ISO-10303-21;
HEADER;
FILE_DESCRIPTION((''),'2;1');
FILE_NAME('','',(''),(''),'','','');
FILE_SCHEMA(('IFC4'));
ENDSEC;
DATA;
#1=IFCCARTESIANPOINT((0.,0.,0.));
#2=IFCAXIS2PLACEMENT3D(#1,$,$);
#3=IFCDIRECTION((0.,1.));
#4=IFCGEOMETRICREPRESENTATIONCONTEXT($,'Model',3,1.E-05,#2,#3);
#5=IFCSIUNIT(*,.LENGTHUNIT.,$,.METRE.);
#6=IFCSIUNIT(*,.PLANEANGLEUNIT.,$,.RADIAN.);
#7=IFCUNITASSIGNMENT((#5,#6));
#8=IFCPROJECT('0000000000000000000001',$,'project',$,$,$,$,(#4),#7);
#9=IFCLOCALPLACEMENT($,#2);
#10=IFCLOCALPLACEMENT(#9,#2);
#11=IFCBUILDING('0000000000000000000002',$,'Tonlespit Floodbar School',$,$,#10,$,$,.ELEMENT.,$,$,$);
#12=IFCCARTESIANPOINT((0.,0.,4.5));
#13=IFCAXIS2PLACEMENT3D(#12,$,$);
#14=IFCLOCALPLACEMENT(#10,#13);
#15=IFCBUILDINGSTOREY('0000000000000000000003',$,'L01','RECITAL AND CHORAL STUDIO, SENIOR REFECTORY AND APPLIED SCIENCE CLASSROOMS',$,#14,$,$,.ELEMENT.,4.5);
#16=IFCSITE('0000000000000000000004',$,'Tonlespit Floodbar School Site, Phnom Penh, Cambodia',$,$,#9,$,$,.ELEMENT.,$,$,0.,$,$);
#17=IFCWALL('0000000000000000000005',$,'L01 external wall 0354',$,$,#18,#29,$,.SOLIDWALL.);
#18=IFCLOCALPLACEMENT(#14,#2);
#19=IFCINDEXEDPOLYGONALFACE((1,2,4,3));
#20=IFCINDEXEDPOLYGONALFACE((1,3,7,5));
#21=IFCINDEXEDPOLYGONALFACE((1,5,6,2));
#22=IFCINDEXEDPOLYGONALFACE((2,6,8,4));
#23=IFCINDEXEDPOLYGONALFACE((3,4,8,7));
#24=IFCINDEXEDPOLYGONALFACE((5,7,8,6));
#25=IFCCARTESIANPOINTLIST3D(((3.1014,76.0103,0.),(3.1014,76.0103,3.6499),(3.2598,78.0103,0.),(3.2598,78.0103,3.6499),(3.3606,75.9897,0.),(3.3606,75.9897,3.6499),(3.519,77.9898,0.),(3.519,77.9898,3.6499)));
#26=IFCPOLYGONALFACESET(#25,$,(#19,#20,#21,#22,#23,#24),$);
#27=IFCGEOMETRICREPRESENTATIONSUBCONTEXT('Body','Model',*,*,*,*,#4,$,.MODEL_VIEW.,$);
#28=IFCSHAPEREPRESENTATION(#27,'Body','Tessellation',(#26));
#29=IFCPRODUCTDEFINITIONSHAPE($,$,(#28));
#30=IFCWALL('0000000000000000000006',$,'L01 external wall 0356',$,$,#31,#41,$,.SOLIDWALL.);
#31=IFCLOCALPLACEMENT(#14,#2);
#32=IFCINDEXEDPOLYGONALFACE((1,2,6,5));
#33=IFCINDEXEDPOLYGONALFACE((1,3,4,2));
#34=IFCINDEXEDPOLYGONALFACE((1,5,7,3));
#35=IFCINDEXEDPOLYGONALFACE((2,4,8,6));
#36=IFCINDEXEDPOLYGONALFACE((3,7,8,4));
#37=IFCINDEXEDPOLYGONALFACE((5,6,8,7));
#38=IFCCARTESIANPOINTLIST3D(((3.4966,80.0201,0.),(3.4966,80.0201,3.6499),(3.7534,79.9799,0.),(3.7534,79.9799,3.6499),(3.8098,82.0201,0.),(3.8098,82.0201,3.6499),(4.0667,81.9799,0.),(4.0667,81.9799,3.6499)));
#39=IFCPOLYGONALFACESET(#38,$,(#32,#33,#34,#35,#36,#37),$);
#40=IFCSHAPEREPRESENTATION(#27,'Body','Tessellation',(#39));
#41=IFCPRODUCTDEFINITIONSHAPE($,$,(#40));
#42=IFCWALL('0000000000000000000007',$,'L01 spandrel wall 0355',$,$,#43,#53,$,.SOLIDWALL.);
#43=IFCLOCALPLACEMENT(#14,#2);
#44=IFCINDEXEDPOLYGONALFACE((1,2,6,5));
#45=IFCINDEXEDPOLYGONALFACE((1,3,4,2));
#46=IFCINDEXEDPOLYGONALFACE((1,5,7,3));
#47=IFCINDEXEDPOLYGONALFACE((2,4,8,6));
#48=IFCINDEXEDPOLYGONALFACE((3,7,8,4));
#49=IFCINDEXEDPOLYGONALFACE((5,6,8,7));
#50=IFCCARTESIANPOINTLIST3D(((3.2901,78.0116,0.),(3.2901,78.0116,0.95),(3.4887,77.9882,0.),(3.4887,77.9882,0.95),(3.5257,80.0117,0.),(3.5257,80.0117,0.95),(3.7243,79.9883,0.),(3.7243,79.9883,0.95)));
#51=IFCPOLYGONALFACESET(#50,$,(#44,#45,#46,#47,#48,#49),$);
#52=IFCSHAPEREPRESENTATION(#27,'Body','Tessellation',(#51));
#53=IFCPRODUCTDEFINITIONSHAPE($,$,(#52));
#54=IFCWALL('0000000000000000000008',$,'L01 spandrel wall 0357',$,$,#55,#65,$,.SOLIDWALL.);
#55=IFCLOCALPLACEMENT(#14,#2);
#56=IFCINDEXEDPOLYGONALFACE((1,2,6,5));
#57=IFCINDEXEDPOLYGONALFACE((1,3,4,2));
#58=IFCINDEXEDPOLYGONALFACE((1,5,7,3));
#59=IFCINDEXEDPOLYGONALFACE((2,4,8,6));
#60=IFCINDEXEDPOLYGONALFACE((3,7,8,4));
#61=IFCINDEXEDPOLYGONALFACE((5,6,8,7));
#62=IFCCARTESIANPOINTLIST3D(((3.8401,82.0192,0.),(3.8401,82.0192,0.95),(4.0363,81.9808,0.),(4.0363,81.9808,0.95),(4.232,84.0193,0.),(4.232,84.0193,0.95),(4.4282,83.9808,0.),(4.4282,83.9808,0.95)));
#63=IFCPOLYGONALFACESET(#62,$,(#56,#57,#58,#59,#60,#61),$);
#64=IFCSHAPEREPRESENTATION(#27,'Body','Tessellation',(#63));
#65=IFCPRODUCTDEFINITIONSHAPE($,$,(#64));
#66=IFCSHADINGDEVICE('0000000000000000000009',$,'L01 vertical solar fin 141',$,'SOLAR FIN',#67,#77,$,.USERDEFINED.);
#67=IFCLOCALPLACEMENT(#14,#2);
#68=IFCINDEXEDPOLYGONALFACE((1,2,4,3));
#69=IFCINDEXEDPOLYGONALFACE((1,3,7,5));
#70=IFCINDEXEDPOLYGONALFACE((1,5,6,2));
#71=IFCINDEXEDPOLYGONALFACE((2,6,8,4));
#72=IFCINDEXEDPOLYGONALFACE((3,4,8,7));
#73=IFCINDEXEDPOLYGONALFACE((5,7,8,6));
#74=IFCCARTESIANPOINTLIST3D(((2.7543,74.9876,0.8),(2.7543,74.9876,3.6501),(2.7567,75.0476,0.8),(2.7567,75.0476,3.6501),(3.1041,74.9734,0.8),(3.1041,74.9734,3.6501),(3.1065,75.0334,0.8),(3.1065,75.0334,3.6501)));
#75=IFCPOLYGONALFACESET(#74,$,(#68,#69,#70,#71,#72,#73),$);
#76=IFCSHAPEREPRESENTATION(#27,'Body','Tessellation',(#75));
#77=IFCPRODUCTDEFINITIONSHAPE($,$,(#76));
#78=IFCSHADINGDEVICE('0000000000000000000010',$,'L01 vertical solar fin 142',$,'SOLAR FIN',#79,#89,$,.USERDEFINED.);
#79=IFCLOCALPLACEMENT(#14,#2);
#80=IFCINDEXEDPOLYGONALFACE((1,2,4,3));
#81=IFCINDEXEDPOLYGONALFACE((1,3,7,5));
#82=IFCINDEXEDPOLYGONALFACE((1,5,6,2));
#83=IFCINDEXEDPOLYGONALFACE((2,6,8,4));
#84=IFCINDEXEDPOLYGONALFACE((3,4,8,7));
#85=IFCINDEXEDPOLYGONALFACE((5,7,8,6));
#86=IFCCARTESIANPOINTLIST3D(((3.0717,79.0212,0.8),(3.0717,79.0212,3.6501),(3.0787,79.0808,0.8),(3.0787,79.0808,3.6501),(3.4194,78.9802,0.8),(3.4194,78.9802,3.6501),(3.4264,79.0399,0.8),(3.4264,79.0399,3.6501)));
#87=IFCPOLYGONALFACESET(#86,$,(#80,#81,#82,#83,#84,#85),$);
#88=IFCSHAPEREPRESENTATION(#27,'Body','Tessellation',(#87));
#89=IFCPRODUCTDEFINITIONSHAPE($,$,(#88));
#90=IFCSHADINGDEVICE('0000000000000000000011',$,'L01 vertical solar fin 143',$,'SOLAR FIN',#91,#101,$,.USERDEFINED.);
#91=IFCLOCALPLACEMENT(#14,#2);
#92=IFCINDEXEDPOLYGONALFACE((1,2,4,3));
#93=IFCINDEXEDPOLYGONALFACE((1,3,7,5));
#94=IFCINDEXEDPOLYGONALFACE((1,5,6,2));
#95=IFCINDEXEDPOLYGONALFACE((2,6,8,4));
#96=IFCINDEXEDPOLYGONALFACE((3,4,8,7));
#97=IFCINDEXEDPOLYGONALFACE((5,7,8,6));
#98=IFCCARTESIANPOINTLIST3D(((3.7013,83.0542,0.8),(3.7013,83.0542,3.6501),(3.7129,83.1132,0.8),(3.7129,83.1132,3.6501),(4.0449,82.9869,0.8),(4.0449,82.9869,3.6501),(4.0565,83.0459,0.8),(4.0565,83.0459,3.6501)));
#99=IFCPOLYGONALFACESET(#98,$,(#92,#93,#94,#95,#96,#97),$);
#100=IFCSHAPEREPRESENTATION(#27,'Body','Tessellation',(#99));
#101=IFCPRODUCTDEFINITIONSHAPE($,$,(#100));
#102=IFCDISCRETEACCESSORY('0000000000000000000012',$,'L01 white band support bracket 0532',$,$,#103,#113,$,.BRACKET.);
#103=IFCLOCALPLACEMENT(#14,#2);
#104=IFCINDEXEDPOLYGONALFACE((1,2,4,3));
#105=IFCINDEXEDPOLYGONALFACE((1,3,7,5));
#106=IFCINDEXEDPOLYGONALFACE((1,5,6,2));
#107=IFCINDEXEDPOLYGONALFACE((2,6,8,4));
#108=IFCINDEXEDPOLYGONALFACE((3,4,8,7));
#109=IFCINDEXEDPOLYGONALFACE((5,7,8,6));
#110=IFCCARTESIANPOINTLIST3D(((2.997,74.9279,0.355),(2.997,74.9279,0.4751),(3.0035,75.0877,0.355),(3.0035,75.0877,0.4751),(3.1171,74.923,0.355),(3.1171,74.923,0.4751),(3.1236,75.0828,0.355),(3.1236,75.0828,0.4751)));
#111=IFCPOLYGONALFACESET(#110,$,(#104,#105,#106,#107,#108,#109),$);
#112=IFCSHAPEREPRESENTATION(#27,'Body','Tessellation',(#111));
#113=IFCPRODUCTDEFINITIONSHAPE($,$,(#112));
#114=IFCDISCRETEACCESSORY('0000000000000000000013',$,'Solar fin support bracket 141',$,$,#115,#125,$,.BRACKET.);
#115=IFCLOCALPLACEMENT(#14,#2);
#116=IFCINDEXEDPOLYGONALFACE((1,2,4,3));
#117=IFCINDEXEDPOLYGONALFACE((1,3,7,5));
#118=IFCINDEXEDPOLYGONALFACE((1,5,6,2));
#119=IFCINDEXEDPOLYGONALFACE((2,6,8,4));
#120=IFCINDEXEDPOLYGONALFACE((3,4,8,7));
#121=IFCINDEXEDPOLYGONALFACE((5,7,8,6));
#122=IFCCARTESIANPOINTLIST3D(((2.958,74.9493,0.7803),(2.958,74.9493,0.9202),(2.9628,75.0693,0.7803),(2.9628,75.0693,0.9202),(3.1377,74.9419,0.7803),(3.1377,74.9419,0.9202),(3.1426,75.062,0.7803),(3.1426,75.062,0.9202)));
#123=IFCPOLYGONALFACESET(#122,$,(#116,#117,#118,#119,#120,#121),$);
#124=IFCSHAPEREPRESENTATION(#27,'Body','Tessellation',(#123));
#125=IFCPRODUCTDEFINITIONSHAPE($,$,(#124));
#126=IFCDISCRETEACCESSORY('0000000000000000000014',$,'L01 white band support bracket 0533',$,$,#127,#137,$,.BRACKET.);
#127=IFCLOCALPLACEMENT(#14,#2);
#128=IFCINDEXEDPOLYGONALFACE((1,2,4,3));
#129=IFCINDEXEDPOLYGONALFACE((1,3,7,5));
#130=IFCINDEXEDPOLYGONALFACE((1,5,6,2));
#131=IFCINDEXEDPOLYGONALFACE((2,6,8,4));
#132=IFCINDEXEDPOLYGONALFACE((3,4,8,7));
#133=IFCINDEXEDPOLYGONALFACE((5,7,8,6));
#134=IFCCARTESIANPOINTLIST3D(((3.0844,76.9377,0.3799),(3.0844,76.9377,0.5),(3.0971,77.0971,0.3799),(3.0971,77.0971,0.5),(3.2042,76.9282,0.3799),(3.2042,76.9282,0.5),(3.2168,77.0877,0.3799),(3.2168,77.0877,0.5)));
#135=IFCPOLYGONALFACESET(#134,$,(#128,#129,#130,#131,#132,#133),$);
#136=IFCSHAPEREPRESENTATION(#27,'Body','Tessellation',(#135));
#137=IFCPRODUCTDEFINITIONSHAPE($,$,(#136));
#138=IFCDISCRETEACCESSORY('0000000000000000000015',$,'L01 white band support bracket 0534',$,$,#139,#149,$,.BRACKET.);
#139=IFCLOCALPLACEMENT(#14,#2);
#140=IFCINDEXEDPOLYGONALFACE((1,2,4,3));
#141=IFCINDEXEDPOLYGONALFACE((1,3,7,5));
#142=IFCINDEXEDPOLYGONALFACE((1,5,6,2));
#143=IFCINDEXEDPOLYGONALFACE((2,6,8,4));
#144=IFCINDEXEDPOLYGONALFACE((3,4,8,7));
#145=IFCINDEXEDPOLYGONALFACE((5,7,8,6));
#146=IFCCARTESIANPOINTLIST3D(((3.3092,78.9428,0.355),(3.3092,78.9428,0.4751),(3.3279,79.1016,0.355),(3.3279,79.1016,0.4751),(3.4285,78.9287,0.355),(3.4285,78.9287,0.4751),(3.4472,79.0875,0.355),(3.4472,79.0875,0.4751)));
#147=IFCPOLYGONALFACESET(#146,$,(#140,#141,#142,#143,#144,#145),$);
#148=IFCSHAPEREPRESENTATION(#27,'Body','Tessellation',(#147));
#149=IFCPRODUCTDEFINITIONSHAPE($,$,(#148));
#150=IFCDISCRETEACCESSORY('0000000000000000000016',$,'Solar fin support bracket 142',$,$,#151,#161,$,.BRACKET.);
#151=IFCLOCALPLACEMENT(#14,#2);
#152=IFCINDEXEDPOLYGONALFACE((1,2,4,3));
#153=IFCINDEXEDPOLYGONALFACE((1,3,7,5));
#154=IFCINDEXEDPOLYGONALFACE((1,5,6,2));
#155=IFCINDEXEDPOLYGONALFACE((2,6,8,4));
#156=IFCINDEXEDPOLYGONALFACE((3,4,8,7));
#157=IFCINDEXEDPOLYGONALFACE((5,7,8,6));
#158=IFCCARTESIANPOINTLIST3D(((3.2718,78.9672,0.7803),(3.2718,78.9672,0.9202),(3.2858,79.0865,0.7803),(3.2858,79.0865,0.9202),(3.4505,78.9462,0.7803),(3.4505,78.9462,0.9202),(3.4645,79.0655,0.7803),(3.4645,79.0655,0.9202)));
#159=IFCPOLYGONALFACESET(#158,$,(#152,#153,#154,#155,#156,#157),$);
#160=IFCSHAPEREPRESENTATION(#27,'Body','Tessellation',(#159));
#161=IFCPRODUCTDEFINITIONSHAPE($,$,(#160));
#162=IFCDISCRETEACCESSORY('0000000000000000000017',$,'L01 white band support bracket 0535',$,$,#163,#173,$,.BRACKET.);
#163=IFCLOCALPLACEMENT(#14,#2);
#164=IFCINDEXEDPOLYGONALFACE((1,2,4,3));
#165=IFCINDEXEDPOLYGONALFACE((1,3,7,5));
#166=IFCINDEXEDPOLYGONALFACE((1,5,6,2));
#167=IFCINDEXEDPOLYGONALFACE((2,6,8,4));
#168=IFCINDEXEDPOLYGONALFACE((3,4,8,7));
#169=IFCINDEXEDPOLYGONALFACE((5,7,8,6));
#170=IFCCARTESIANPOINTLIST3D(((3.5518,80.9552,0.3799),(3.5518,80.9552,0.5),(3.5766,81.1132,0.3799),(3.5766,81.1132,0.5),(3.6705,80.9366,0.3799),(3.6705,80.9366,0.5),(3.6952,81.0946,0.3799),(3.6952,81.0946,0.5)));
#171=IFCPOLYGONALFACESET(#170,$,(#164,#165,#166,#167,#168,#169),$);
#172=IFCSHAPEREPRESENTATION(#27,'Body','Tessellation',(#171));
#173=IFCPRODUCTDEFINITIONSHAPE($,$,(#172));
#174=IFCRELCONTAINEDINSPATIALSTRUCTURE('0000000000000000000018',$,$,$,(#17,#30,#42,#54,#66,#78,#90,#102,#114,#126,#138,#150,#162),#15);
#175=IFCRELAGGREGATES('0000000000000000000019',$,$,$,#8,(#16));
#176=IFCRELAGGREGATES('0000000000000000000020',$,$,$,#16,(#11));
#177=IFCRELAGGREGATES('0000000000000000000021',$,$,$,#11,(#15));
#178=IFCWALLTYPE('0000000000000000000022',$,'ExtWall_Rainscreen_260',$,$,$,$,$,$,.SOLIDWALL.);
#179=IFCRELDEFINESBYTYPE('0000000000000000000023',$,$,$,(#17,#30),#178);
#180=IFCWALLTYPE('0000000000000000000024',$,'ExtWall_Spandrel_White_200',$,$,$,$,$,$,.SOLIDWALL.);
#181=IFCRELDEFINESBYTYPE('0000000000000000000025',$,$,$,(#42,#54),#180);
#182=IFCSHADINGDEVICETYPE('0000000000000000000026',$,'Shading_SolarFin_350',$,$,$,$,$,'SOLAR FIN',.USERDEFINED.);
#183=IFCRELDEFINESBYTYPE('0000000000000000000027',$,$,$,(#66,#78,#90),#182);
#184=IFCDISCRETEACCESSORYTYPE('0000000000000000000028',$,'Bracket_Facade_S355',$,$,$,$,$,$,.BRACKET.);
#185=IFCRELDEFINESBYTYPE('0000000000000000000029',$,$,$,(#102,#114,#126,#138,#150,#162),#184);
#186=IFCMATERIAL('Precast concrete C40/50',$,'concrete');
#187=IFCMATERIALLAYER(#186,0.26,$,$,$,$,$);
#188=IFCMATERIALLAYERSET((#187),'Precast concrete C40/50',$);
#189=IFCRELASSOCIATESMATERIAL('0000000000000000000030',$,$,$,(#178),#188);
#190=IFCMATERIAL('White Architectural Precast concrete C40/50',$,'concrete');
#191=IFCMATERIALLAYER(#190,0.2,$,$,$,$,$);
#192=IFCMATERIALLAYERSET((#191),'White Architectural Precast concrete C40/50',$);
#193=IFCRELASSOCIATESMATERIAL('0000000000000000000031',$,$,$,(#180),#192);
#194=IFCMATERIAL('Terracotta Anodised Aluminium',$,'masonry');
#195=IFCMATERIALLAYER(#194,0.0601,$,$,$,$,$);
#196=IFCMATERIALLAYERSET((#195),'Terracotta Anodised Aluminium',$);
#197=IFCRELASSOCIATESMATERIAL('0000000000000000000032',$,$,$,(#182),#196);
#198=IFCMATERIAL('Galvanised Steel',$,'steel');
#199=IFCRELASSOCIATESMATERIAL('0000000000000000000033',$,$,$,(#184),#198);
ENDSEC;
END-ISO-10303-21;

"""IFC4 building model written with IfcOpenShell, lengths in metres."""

from ifc_helpers import new_model, si_unit, direction, frame, frame_2d, origin, origin_2d, place, context, subcontext, project, spatial, rectangle, extrude, material, layer, layer_set, type_object, element, save


model = new_model("IFC4")

# Units and contexts
model_context = context("Model", 3, precision=1e-05, world=origin(), true_north=direction((0.0, 1.0)))
body_context = subcontext(model_context, "Body", "Model", "MODEL_VIEW")
ifc_project = project(units=[si_unit("LENGTHUNIT", "METRE"), si_unit("PLANEANGLEUNIT", "RADIAN")], contexts=[model_context])

# Site, building, storey
site_placement = place(None, origin())
site = spatial("IfcSite", under=ifc_project, at=site_placement, Name="Tonlespit Floodbar School Site, Phnom Penh, Cambodia", CompositionType="ELEMENT", RefElevation=0.0)
building_placement = place(site_placement, origin())
building = spatial("IfcBuilding", under=site, at=building_placement, Name="Tonlespit Floodbar School", CompositionType="ELEMENT")
storey_placement = place(building_placement, frame((0.0, 0.0, 4.5)))
storey = spatial("IfcBuildingStorey", under=building, at=storey_placement, Name="L01", Description="RECITAL AND CHORAL STUDIO, SENIOR REFECTORY AND APPLIED SCIENCE CLASSROOMS", CompositionType="ELEMENT", Elevation=4.5)

# Walls
ifc_material_1 = material(Name="Precast concrete C40/50", Category="concrete")
ifc_layer_1 = layer(ifc_material_1, 0.26)
ifc_layer_set_1 = layer_set([ifc_layer_1], Name="Precast concrete C40/50")
wall_type_1 = type_object("IfcWallType", Name="ExtWall_Rainscreen_260", PredefinedType="SOLIDWALL", material=ifc_layer_set_1)
wall_1_placement = place(storey_placement, frame((3.231, 76.0, 0.0), z_axis=(0.0, 0.0, 1.0), x_axis=(0.078976, 0.996877, 0.0)))
element("IfcWall", 1, at=wall_1_placement, inside=storey, type_object=wall_type_1, Name="L01 external wall 0354", PredefinedType="SOLIDWALL", context=body_context, shape_type="SweptSolid", body=[
    extrude(rectangle(XDim=2.0063, YDim=0.26, at=frame_2d((1.0032, 0.0))), origin(), (0.0, 0.0, 1.0), 3.6499),
])
wall_2_placement = place(storey_placement, frame((3.625, 80.0, 0.0), z_axis=(0.0, 0.0, 1.0), x_axis=(0.15473, 0.987957, 0.0)))
element("IfcWall", 2, at=wall_2_placement, inside=storey, type_object=wall_type_1, Name="L01 external wall 0356", PredefinedType="SOLIDWALL", context=body_context, shape_type="SweptSolid", body=[
    extrude(rectangle(XDim=2.0244, YDim=0.26, at=frame_2d((1.0122, 0.0))), origin(), (0.0, 0.0, 1.0), 3.6499),
])
ifc_material_2 = material(Name="White Architectural Precast concrete C40/50", Category="concrete")
ifc_layer_2 = layer(ifc_material_2, 0.2)
ifc_layer_set_2 = layer_set([ifc_layer_2], Name="White Architectural Precast concrete C40/50")
wall_type_2 = type_object("IfcWallType", Name="ExtWall_Spandrel_White_200", PredefinedType="SOLIDWALL", material=ifc_layer_set_2)
wall_3_placement = place(storey_placement, frame((3.3894, 78.0, 0.0), z_axis=(0.0, 0.0, 1.0), x_axis=(0.116989, 0.993133, 0.0)))
element("IfcWall", 3, at=wall_3_placement, inside=storey, type_object=wall_type_2, Name="L01 spandrel wall 0355", PredefinedType="SOLIDWALL", context=body_context, shape_type="SweptSolid", body=[
    extrude(rectangle(XDim=2.0139, YDim=0.2, at=frame_2d((1.0068, 0.0))), origin(), (0.0, 0.0, 1.0), 0.95),
])
wall_4_placement = place(storey_placement, frame((3.9382, 82.0, 0.0), z_axis=(0.0, 0.0, 1.0), x_axis=(0.192267, 0.981343, 0.0)))
element("IfcWall", 4, at=wall_4_placement, inside=storey, type_object=wall_type_2, Name="L01 spandrel wall 0357", PredefinedType="SOLIDWALL", context=body_context, shape_type="SweptSolid", body=[
    extrude(rectangle(XDim=2.0381, YDim=0.2, at=frame_2d((1.019, 0.0))), origin(), (0.0, 0.0, 1.0), 0.95),
])

# Shading devices
ifc_material_3 = material(Name="Terracotta Anodised Aluminium", Category="masonry")
ifc_layer_3 = layer(ifc_material_3, 0.0601)
ifc_layer_set_3 = layer_set([ifc_layer_3], Name="Terracotta Anodised Aluminium")
shading_device_type = type_object("IfcShadingDeviceType", Name="Shading_SolarFin_350", ElementType="SOLAR FIN", PredefinedType="USERDEFINED", material=ifc_layer_set_3)
for number, where, z_axis, x_axis, name in (
    (5, (2.9304, 75.0105, 0.8), (0.0, 0.0, 1.0), (0.040716, 0.999171, 0.0), "L01 vertical solar fin 141"),
    (6, (3.249, 79.0305, 0.8), (0.0, 0.0, 1.0), (0.116991, 0.993133, 0.0), "L01 vertical solar fin 142"),
    (7, (3.8789, 83.05, 0.8), (0.0, 0.0, 1.0), (0.192246, 0.981347, 0.0), "L01 vertical solar fin 143"),
):
    element("IfcShadingDevice", number, at=place(storey_placement, frame(where, z_axis=z_axis, x_axis=x_axis)), inside=storey, type_object=shading_device_type, Name=name, ObjectType="SOLAR FIN", PredefinedType="USERDEFINED", context=body_context, shape_type="SweptSolid", body=[
        extrude(rectangle(XDim=0.0601, YDim=0.3501, at=origin_2d()), origin(), (0.0, 0.0, 1.0), 2.8501),
    ])

# Discrete accessories
ifc_material_4 = material(Name="Galvanised Steel", Category="steel")
discrete_accessory_type = type_object("IfcDiscreteAccessoryType", Name="Bracket_Facade_S355", PredefinedType="BRACKET", material=ifc_material_4)
discrete_accessory_1_placement = place(storey_placement, frame((3.0603, 75.0054, 0.355), z_axis=(0.0, 0.0, 1.0), x_axis=(0.040716, 0.999171, 0.0)))
element("IfcDiscreteAccessory", 8, at=discrete_accessory_1_placement, inside=storey, type_object=discrete_accessory_type, Name="L01 white band support bracket 0532", PredefinedType="BRACKET", context=body_context, shape_type="SweptSolid", body=[
    extrude(rectangle(XDim=0.1599, YDim=0.1201, at=origin_2d()), origin(), (0.0, 0.0, 1.0), 0.1201),
])
discrete_accessory_2_placement = place(storey_placement, frame((3.0503, 75.0056, 0.7803), z_axis=(0.0, 0.0, 1.0), x_axis=(0.040716, 0.999171, 0.0)))
element("IfcDiscreteAccessory", 9, at=discrete_accessory_2_placement, inside=storey, type_object=discrete_accessory_type, Name="Solar fin support bracket 141", PredefinedType="BRACKET", context=body_context, shape_type="SweptSolid", body=[
    extrude(rectangle(XDim=0.1201, YDim=0.1799, at=origin_2d()), origin(), (0.0, 0.0, 1.0), 0.1399),
])
for number, where, z_axis, x_axis, name in (
    (10, (3.1506, 77.0127, 0.3799), (0.0, 0.0, 1.0), (0.079002, 0.996874, 0.0), "L01 white band support bracket 0533"),
    (11, (3.3782, 79.0151, 0.355), (0.0, 0.0, 1.0), (0.116991, 0.993133, 0.0), "L01 white band support bracket 0534"),
):
    element("IfcDiscreteAccessory", number, at=place(storey_placement, frame(where, z_axis=z_axis, x_axis=x_axis)), inside=storey, type_object=discrete_accessory_type, Name=name, PredefinedType="BRACKET", context=body_context, shape_type="SweptSolid", body=[
        extrude(rectangle(XDim=0.1599, YDim=0.1201, at=origin_2d()), origin(), (0.0, 0.0, 1.0), 0.1201),
    ])
discrete_accessory_3_placement = place(storey_placement, frame((3.3682, 79.0164, 0.7803), z_axis=(0.0, 0.0, 1.0), x_axis=(0.116991, 0.993133, 0.0)))
element("IfcDiscreteAccessory", 12, at=discrete_accessory_3_placement, inside=storey, type_object=discrete_accessory_type, Name="Solar fin support bracket 142", PredefinedType="BRACKET", context=body_context, shape_type="SweptSolid", body=[
    extrude(rectangle(XDim=0.1201, YDim=0.1799, at=origin_2d()), origin(), (0.0, 0.0, 1.0), 0.1399),
])
discrete_accessory_4_placement = place(storey_placement, frame((3.6235, 81.0249, 0.3799), z_axis=(0.0, 0.0, 1.0), x_axis=(0.154714, 0.987959, 0.0)))
element("IfcDiscreteAccessory", 13, at=discrete_accessory_4_placement, inside=storey, type_object=discrete_accessory_type, Name="L01 white band support bracket 0535", PredefinedType="BRACKET", context=body_context, shape_type="SweptSolid", body=[
    extrude(rectangle(XDim=0.1599, YDim=0.1201, at=origin_2d()), origin(), (0.0, 0.0, 1.0), 0.1201),
])

save(model, "model.ifc")
